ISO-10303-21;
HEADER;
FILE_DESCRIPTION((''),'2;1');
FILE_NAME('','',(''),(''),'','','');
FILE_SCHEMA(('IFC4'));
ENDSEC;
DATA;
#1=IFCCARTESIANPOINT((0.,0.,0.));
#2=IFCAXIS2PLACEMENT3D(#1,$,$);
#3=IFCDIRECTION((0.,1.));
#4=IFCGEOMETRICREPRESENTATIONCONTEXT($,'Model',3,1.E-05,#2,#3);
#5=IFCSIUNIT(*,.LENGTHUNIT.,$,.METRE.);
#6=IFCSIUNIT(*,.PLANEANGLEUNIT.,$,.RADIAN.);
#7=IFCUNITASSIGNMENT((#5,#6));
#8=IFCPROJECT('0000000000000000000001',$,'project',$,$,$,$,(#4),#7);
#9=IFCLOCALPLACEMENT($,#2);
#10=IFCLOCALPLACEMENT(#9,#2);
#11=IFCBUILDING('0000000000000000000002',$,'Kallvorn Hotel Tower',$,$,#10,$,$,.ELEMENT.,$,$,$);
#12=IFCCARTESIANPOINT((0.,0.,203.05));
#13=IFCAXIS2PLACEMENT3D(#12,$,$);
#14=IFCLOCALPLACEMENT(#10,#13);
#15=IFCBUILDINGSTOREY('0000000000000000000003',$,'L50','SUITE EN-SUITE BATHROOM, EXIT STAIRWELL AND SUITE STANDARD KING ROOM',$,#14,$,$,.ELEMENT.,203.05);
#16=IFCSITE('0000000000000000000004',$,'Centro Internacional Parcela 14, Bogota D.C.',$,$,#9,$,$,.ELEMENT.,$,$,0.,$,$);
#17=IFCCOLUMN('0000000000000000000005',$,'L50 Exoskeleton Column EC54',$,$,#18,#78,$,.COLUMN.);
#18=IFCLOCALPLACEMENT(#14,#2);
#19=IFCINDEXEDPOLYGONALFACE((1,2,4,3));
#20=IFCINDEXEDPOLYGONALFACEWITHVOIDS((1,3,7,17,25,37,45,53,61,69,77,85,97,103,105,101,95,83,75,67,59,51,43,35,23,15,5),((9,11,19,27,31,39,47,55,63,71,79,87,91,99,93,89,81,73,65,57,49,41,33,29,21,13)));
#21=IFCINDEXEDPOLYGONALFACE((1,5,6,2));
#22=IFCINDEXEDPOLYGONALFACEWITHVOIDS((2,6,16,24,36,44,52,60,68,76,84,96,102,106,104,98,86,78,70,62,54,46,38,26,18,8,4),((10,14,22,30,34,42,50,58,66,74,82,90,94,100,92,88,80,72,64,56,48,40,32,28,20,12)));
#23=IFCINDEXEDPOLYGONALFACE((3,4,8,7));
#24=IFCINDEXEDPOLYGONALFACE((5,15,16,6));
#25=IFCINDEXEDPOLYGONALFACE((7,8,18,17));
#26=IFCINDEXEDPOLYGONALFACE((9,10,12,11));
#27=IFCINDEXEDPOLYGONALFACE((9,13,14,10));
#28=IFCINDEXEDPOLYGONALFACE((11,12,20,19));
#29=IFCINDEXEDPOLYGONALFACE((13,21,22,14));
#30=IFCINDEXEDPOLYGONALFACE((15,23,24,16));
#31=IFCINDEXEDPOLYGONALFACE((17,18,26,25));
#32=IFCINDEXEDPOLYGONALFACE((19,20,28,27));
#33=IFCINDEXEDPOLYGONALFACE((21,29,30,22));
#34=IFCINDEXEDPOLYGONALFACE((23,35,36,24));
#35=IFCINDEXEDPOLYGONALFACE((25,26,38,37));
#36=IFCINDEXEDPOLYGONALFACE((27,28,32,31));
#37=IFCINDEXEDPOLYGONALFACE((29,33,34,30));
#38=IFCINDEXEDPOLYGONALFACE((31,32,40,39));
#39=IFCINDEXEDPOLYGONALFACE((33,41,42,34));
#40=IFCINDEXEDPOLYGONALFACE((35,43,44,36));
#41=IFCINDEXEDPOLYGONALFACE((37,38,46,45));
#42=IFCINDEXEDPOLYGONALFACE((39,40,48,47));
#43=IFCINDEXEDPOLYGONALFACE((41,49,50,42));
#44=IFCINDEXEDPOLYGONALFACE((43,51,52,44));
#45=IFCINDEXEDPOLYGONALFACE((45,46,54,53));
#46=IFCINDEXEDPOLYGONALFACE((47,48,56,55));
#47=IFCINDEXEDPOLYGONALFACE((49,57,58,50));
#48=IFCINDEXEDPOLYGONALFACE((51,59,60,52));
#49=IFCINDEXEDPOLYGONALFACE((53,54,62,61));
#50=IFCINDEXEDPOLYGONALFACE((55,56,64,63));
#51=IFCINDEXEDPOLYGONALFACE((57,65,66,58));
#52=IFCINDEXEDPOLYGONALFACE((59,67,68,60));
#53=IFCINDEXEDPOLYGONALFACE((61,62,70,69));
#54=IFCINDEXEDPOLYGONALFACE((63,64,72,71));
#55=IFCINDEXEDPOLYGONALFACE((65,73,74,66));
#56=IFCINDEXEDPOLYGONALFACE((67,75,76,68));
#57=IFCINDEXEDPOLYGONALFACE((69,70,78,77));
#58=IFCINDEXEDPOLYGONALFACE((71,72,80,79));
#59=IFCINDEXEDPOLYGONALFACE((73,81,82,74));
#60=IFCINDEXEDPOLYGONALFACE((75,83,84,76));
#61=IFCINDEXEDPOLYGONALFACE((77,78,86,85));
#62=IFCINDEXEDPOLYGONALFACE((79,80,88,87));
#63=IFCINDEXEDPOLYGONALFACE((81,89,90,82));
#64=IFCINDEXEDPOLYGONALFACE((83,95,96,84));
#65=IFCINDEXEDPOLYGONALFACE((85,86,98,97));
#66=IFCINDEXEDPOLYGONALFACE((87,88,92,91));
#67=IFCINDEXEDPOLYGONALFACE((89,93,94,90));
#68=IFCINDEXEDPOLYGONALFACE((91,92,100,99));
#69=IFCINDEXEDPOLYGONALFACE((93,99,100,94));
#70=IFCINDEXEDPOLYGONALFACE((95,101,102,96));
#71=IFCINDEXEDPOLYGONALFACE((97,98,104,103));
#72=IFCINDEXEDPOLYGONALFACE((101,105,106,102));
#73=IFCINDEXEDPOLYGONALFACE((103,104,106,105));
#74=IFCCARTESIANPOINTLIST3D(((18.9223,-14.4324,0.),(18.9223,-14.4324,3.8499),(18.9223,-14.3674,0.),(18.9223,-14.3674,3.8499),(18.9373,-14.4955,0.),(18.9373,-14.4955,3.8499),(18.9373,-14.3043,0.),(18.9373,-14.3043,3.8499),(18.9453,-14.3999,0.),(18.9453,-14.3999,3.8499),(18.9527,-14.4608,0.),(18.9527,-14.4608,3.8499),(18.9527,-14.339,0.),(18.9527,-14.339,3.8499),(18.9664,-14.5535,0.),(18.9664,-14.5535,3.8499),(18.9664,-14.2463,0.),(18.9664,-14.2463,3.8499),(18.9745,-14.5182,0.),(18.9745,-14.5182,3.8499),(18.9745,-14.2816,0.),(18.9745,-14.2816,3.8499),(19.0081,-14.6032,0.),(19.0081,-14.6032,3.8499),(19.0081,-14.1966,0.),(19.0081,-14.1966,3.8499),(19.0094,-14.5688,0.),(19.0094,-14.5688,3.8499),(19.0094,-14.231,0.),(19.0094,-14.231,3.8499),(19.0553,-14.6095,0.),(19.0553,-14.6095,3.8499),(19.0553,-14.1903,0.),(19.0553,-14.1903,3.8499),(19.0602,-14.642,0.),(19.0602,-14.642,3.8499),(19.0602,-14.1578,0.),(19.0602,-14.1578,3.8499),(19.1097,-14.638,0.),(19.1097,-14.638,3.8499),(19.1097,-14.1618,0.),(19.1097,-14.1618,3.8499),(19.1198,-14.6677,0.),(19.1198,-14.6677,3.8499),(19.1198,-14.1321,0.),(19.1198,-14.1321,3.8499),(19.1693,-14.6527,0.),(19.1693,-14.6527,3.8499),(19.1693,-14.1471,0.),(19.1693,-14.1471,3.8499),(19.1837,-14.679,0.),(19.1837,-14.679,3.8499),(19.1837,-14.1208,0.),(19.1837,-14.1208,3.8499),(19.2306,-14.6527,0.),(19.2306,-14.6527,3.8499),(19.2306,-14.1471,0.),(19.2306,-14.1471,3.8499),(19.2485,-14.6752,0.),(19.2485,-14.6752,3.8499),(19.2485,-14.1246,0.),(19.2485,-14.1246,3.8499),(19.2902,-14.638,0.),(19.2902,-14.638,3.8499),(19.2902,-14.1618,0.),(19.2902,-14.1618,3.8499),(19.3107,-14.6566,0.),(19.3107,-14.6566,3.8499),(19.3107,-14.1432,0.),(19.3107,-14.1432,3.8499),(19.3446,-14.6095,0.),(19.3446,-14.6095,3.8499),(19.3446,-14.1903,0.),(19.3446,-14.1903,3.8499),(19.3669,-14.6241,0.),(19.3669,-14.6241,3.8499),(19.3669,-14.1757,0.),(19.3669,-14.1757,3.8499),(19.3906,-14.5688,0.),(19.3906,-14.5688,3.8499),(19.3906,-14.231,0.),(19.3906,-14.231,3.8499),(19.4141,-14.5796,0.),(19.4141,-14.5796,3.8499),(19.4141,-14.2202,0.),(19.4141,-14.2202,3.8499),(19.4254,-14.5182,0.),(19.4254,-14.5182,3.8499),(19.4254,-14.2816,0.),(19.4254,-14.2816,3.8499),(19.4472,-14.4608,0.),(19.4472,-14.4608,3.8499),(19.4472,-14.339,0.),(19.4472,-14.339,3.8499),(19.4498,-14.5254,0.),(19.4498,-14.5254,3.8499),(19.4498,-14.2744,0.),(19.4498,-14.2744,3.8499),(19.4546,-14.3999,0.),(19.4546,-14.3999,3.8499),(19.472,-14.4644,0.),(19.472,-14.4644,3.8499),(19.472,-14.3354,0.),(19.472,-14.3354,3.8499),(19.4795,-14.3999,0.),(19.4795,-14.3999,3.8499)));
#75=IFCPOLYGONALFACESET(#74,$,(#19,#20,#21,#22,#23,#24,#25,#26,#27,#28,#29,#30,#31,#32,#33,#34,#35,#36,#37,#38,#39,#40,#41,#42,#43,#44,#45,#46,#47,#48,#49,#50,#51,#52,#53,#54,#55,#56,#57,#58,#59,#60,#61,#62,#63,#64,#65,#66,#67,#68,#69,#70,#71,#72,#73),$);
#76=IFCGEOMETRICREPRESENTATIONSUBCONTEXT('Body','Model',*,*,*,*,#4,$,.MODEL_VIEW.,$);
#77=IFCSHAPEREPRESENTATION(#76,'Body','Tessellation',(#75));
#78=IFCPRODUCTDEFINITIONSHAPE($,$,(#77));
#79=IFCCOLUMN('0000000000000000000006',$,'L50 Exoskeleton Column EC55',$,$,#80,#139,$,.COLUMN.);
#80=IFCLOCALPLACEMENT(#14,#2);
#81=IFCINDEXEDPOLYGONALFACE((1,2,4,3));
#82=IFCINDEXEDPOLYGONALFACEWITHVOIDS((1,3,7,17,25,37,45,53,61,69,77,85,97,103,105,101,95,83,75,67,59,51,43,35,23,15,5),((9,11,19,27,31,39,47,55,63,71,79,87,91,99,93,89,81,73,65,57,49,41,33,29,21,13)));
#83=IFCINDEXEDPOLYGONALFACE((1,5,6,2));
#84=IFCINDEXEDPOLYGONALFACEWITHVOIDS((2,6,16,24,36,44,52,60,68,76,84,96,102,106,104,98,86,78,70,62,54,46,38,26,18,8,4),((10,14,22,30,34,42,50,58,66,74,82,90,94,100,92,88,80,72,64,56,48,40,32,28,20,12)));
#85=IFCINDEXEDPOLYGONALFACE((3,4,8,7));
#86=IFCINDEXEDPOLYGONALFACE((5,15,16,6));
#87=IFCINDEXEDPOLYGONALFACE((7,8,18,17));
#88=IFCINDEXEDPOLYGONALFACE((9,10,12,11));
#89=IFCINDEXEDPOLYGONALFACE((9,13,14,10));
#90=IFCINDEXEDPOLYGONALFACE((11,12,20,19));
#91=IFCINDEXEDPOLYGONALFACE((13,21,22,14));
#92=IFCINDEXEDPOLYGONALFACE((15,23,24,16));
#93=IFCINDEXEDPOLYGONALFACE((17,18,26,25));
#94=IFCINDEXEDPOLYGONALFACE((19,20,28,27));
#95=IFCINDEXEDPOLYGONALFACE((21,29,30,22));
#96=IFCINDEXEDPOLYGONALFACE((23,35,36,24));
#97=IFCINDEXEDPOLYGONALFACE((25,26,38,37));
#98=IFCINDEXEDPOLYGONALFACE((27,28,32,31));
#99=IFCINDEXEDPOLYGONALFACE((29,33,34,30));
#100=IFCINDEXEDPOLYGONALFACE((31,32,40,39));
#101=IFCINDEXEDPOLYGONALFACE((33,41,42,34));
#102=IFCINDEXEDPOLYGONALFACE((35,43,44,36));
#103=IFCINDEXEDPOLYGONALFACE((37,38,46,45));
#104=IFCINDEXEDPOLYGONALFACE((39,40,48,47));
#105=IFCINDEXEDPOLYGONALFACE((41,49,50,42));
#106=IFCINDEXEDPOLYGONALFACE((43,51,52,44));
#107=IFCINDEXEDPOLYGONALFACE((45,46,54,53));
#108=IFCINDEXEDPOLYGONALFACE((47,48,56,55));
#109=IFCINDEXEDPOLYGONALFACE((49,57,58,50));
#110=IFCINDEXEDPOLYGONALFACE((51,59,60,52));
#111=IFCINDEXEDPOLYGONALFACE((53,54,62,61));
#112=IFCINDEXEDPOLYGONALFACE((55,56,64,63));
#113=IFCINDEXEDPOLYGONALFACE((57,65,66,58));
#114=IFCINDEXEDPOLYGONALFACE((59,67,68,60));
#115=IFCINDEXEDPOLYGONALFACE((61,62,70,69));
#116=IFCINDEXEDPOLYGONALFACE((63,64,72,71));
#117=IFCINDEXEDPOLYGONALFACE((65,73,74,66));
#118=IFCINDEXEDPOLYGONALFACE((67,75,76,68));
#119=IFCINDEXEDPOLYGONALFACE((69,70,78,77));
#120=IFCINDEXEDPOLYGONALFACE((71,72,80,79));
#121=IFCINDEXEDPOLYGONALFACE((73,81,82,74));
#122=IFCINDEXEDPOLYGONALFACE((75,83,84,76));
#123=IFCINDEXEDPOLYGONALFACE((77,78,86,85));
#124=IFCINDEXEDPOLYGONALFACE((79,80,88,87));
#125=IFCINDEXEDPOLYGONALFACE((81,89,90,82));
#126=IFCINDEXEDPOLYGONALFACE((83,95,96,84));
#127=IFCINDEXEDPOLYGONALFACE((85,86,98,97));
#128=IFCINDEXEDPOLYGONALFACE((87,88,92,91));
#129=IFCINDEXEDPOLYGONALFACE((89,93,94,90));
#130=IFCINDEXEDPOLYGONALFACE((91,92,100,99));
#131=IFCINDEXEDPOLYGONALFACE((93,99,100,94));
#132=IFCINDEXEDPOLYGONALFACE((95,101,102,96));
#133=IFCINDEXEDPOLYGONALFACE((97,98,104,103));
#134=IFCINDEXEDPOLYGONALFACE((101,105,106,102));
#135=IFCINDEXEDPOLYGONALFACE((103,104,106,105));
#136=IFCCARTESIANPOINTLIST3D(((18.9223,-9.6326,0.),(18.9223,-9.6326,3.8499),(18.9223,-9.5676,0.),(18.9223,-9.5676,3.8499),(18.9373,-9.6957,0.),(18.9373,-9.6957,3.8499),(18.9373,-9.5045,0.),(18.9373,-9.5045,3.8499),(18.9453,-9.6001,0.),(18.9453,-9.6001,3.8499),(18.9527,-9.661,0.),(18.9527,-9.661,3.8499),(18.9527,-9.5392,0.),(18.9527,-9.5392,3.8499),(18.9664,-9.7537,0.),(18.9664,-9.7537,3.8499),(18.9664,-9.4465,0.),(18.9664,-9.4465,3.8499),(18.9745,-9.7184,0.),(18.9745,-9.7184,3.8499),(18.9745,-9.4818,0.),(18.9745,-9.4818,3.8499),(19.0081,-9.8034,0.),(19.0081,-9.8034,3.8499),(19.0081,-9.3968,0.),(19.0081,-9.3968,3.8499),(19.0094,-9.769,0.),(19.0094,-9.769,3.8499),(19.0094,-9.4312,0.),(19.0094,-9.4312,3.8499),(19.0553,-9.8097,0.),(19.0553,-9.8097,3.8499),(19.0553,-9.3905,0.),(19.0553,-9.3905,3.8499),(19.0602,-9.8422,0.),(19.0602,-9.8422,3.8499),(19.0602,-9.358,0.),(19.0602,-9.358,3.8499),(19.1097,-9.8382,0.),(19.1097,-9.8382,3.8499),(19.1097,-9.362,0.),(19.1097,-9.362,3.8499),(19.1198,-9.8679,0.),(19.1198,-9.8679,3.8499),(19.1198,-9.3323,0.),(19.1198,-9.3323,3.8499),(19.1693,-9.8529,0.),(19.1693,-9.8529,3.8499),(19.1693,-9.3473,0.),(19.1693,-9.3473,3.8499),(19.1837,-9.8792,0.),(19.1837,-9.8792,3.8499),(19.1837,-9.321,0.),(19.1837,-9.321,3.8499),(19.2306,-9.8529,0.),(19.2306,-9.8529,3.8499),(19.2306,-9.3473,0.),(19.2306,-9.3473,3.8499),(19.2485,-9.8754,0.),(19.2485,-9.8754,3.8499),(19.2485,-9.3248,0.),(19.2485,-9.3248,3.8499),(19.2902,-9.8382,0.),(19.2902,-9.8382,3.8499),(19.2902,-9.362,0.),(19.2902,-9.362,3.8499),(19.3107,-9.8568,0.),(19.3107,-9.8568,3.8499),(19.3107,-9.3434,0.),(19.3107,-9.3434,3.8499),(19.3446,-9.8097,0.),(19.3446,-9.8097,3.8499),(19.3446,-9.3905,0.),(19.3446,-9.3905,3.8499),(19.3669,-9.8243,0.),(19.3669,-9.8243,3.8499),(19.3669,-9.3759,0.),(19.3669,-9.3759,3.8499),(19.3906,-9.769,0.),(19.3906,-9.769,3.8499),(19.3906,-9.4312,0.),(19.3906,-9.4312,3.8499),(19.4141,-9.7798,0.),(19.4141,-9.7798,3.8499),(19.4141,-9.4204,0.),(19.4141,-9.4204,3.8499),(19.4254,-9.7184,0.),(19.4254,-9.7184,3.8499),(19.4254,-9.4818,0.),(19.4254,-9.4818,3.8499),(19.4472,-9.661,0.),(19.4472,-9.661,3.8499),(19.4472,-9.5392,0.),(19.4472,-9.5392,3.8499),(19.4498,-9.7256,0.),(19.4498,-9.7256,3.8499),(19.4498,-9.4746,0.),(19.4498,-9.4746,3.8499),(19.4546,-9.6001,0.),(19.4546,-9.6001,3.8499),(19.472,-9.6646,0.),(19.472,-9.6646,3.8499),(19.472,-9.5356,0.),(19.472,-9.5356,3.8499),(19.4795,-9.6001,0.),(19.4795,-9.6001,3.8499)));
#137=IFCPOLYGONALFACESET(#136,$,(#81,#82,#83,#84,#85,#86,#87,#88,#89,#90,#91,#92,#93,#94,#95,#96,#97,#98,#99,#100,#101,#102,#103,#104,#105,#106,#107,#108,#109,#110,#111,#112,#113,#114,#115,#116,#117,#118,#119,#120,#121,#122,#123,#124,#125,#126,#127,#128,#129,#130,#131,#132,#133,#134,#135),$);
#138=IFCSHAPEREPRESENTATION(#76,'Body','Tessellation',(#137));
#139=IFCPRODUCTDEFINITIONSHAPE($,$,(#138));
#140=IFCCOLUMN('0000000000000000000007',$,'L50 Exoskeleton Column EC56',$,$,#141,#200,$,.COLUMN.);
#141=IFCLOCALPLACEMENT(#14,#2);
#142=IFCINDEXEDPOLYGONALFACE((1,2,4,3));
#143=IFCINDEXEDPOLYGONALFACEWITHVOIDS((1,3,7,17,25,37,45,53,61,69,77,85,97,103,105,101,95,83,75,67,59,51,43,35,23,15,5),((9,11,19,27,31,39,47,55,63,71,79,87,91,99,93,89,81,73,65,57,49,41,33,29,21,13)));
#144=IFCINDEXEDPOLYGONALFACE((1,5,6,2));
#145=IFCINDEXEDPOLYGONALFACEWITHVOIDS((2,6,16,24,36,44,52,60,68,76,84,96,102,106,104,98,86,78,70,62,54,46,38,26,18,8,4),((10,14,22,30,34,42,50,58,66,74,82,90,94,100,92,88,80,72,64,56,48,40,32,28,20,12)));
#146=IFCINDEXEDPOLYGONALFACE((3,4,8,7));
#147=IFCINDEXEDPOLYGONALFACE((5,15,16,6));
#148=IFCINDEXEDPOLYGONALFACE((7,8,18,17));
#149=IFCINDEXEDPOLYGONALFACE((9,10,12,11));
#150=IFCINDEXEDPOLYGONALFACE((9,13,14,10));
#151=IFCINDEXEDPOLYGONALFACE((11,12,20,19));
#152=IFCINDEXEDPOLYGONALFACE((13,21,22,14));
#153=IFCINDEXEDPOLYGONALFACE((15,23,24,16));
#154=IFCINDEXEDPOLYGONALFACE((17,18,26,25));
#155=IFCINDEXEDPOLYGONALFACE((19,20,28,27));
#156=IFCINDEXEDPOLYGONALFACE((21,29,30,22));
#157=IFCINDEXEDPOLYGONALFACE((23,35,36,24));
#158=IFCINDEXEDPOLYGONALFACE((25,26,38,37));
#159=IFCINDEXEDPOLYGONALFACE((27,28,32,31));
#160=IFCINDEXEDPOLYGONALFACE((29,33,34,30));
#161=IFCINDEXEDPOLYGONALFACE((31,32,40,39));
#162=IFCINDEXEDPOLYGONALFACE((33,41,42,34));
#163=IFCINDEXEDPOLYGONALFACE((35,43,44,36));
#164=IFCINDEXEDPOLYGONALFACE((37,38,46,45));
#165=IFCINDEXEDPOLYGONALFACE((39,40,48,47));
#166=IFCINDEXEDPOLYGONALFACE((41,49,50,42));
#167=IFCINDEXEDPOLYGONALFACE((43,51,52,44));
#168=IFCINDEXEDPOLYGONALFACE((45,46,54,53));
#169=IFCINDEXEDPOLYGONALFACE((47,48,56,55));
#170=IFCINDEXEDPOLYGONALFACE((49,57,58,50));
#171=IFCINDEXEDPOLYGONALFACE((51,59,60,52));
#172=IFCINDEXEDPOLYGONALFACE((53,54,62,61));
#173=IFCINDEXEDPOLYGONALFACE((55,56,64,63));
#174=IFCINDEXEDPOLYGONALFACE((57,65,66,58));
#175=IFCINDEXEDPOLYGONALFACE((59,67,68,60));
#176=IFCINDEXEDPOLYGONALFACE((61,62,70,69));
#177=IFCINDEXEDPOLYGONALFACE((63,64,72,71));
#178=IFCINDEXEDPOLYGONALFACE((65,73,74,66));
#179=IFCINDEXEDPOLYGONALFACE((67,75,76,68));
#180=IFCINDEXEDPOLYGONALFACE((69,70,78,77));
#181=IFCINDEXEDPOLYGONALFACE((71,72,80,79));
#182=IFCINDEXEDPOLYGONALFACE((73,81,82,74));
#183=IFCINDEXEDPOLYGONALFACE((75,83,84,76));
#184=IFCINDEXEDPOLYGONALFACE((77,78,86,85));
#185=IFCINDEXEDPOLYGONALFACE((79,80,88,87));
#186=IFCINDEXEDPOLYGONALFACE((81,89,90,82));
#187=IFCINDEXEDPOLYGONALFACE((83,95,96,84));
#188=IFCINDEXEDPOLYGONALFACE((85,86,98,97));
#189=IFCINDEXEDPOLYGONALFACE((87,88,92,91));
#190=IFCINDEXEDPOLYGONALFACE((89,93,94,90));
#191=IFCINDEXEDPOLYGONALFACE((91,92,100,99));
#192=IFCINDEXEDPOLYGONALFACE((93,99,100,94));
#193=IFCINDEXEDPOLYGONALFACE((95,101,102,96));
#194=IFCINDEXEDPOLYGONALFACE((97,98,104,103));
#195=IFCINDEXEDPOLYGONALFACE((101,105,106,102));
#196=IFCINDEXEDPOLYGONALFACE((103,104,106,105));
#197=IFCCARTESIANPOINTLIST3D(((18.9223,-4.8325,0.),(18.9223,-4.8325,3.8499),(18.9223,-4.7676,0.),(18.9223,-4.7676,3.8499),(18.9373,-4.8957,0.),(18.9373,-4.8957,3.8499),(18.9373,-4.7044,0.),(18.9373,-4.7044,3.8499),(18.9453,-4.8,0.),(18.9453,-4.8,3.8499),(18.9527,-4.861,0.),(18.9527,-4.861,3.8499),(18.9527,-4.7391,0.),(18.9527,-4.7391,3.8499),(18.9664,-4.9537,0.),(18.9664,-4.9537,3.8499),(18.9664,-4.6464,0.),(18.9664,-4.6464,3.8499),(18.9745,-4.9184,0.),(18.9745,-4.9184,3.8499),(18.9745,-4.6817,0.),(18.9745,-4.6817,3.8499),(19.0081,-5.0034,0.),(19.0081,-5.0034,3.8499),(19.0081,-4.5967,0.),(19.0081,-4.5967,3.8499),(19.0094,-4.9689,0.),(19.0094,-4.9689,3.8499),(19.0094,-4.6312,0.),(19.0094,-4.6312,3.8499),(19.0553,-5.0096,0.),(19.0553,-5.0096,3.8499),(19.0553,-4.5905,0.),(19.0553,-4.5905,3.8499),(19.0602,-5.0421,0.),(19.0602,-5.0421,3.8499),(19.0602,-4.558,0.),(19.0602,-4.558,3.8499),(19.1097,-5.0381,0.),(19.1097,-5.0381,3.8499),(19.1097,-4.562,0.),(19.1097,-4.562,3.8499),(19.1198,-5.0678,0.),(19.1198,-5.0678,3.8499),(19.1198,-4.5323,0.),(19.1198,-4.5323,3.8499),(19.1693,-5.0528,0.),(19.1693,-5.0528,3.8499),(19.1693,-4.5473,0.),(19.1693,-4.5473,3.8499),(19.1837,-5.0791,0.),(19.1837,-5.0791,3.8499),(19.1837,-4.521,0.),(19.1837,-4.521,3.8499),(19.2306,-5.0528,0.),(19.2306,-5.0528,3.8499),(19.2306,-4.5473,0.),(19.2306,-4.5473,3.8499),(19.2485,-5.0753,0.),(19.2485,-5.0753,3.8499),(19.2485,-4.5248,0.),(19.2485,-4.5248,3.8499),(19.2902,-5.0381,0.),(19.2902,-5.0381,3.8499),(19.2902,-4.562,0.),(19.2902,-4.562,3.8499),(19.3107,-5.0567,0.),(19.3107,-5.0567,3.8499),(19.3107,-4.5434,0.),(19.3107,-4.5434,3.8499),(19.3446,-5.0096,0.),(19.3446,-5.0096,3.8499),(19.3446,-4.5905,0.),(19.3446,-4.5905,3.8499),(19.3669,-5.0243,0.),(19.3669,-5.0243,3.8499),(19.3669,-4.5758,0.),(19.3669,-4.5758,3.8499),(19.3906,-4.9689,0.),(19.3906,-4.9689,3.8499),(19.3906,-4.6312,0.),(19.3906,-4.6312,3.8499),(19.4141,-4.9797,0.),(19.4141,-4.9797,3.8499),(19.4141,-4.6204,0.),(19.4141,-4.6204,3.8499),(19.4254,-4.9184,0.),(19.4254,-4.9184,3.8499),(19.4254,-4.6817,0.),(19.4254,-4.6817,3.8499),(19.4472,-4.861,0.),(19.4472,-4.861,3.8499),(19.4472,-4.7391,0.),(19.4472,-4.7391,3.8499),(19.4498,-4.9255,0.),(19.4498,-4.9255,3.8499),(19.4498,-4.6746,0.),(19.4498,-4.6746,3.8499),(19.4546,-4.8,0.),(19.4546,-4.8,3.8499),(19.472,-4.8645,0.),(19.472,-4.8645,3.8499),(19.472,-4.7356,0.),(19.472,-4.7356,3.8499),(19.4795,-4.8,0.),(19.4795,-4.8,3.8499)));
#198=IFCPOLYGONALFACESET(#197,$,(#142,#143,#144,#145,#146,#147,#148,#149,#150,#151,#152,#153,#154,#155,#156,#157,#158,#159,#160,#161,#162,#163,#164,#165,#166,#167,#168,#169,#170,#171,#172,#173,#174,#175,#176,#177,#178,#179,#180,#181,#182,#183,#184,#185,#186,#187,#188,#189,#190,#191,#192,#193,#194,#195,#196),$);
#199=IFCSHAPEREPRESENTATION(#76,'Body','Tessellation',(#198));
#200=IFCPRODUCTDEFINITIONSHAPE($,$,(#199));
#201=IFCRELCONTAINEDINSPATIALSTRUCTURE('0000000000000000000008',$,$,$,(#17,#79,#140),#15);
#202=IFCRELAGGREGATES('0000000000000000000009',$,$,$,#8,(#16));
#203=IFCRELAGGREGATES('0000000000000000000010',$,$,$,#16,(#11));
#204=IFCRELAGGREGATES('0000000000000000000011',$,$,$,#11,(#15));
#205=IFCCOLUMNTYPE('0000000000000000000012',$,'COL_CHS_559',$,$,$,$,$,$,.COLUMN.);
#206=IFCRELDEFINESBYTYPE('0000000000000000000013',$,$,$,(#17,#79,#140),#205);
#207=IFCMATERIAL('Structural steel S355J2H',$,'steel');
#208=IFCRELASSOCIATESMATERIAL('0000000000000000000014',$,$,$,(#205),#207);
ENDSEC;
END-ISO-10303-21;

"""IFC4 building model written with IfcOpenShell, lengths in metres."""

from ifc_helpers import new_model, si_unit, direction, frame, origin, origin_2d, place, context, subcontext, project, spatial, hollow_circle, extrude, material, material_profile, profile_set, type_object, element, save


model = new_model("IFC4")

# Units and contexts
model_context = context("Model", 3, precision=1e-05, world=origin(), true_north=direction((0.0, 1.0)))
body_context = subcontext(model_context, "Body", "Model", "MODEL_VIEW")
ifc_project = project(units=[si_unit("LENGTHUNIT", "METRE"), si_unit("PLANEANGLEUNIT", "RADIAN")], contexts=[model_context])

# Site, building, storey
site_placement = place(None, origin())
site = spatial("IfcSite", under=ifc_project, at=site_placement, Name="Centro Internacional Parcela 14, Bogota D.C.", CompositionType="ELEMENT", RefElevation=0.0)
building_placement = place(site_placement, origin())
building = spatial("IfcBuilding", under=site, at=building_placement, Name="Kallvorn Hotel Tower", CompositionType="ELEMENT")
storey_placement = place(building_placement, frame((0.0, 0.0, 203.05)))
storey = spatial("IfcBuildingStorey", under=building, at=storey_placement, Name="L50", Description="SUITE EN-SUITE BATHROOM, EXIT STAIRWELL AND SUITE STANDARD KING ROOM", CompositionType="ELEMENT", Elevation=203.05)

# Columns
ifc_material_1 = material(Name="Structural steel S355J2H", Category="steel")
ifc_material_profile_1 = material_profile(ifc_material_1, hollow_circle(Radius=0.2795, WallThickness=0.0249, at=origin_2d()), Name="CHS 559x25")
ifc_profile_set_1 = profile_set([ifc_material_profile_1], Name="Structural steel S355J2H")
column_type_1 = type_object("IfcColumnType", Name="COL_CHS_559", PredefinedType="COLUMN", material=ifc_profile_set_1)
for number, where, z_axis, x_axis, name in (
    (1, (19.2, -14.3999, 0.0), (0.0, 0.0, 1.0), (1.0, 0.0, 0.0), "L50 Exoskeleton Column EC54"),
    (2, (19.2, -9.6001, 0.0), (0.0, 0.0, 1.0), (1.0, 0.0, 0.0), "L50 Exoskeleton Column EC55"),
    (3, (19.2, -4.8, 0.0), (0.0, 0.0, 1.0), (1.0, 0.0, 0.0), "L50 Exoskeleton Column EC56"),
):
    element("IfcColumn", number, at=place(storey_placement, frame(where, z_axis=z_axis, x_axis=x_axis)), inside=storey, type_object=column_type_1, Name=name, PredefinedType="COLUMN", context=body_context, shape_type="SweptSolid", body=[
        extrude(hollow_circle(Radius=0.2795, WallThickness=0.0249, at=origin_2d()), origin(), (0.0, 0.0, 1.0), 3.8499),
    ])

save(model, "model.ifc")
